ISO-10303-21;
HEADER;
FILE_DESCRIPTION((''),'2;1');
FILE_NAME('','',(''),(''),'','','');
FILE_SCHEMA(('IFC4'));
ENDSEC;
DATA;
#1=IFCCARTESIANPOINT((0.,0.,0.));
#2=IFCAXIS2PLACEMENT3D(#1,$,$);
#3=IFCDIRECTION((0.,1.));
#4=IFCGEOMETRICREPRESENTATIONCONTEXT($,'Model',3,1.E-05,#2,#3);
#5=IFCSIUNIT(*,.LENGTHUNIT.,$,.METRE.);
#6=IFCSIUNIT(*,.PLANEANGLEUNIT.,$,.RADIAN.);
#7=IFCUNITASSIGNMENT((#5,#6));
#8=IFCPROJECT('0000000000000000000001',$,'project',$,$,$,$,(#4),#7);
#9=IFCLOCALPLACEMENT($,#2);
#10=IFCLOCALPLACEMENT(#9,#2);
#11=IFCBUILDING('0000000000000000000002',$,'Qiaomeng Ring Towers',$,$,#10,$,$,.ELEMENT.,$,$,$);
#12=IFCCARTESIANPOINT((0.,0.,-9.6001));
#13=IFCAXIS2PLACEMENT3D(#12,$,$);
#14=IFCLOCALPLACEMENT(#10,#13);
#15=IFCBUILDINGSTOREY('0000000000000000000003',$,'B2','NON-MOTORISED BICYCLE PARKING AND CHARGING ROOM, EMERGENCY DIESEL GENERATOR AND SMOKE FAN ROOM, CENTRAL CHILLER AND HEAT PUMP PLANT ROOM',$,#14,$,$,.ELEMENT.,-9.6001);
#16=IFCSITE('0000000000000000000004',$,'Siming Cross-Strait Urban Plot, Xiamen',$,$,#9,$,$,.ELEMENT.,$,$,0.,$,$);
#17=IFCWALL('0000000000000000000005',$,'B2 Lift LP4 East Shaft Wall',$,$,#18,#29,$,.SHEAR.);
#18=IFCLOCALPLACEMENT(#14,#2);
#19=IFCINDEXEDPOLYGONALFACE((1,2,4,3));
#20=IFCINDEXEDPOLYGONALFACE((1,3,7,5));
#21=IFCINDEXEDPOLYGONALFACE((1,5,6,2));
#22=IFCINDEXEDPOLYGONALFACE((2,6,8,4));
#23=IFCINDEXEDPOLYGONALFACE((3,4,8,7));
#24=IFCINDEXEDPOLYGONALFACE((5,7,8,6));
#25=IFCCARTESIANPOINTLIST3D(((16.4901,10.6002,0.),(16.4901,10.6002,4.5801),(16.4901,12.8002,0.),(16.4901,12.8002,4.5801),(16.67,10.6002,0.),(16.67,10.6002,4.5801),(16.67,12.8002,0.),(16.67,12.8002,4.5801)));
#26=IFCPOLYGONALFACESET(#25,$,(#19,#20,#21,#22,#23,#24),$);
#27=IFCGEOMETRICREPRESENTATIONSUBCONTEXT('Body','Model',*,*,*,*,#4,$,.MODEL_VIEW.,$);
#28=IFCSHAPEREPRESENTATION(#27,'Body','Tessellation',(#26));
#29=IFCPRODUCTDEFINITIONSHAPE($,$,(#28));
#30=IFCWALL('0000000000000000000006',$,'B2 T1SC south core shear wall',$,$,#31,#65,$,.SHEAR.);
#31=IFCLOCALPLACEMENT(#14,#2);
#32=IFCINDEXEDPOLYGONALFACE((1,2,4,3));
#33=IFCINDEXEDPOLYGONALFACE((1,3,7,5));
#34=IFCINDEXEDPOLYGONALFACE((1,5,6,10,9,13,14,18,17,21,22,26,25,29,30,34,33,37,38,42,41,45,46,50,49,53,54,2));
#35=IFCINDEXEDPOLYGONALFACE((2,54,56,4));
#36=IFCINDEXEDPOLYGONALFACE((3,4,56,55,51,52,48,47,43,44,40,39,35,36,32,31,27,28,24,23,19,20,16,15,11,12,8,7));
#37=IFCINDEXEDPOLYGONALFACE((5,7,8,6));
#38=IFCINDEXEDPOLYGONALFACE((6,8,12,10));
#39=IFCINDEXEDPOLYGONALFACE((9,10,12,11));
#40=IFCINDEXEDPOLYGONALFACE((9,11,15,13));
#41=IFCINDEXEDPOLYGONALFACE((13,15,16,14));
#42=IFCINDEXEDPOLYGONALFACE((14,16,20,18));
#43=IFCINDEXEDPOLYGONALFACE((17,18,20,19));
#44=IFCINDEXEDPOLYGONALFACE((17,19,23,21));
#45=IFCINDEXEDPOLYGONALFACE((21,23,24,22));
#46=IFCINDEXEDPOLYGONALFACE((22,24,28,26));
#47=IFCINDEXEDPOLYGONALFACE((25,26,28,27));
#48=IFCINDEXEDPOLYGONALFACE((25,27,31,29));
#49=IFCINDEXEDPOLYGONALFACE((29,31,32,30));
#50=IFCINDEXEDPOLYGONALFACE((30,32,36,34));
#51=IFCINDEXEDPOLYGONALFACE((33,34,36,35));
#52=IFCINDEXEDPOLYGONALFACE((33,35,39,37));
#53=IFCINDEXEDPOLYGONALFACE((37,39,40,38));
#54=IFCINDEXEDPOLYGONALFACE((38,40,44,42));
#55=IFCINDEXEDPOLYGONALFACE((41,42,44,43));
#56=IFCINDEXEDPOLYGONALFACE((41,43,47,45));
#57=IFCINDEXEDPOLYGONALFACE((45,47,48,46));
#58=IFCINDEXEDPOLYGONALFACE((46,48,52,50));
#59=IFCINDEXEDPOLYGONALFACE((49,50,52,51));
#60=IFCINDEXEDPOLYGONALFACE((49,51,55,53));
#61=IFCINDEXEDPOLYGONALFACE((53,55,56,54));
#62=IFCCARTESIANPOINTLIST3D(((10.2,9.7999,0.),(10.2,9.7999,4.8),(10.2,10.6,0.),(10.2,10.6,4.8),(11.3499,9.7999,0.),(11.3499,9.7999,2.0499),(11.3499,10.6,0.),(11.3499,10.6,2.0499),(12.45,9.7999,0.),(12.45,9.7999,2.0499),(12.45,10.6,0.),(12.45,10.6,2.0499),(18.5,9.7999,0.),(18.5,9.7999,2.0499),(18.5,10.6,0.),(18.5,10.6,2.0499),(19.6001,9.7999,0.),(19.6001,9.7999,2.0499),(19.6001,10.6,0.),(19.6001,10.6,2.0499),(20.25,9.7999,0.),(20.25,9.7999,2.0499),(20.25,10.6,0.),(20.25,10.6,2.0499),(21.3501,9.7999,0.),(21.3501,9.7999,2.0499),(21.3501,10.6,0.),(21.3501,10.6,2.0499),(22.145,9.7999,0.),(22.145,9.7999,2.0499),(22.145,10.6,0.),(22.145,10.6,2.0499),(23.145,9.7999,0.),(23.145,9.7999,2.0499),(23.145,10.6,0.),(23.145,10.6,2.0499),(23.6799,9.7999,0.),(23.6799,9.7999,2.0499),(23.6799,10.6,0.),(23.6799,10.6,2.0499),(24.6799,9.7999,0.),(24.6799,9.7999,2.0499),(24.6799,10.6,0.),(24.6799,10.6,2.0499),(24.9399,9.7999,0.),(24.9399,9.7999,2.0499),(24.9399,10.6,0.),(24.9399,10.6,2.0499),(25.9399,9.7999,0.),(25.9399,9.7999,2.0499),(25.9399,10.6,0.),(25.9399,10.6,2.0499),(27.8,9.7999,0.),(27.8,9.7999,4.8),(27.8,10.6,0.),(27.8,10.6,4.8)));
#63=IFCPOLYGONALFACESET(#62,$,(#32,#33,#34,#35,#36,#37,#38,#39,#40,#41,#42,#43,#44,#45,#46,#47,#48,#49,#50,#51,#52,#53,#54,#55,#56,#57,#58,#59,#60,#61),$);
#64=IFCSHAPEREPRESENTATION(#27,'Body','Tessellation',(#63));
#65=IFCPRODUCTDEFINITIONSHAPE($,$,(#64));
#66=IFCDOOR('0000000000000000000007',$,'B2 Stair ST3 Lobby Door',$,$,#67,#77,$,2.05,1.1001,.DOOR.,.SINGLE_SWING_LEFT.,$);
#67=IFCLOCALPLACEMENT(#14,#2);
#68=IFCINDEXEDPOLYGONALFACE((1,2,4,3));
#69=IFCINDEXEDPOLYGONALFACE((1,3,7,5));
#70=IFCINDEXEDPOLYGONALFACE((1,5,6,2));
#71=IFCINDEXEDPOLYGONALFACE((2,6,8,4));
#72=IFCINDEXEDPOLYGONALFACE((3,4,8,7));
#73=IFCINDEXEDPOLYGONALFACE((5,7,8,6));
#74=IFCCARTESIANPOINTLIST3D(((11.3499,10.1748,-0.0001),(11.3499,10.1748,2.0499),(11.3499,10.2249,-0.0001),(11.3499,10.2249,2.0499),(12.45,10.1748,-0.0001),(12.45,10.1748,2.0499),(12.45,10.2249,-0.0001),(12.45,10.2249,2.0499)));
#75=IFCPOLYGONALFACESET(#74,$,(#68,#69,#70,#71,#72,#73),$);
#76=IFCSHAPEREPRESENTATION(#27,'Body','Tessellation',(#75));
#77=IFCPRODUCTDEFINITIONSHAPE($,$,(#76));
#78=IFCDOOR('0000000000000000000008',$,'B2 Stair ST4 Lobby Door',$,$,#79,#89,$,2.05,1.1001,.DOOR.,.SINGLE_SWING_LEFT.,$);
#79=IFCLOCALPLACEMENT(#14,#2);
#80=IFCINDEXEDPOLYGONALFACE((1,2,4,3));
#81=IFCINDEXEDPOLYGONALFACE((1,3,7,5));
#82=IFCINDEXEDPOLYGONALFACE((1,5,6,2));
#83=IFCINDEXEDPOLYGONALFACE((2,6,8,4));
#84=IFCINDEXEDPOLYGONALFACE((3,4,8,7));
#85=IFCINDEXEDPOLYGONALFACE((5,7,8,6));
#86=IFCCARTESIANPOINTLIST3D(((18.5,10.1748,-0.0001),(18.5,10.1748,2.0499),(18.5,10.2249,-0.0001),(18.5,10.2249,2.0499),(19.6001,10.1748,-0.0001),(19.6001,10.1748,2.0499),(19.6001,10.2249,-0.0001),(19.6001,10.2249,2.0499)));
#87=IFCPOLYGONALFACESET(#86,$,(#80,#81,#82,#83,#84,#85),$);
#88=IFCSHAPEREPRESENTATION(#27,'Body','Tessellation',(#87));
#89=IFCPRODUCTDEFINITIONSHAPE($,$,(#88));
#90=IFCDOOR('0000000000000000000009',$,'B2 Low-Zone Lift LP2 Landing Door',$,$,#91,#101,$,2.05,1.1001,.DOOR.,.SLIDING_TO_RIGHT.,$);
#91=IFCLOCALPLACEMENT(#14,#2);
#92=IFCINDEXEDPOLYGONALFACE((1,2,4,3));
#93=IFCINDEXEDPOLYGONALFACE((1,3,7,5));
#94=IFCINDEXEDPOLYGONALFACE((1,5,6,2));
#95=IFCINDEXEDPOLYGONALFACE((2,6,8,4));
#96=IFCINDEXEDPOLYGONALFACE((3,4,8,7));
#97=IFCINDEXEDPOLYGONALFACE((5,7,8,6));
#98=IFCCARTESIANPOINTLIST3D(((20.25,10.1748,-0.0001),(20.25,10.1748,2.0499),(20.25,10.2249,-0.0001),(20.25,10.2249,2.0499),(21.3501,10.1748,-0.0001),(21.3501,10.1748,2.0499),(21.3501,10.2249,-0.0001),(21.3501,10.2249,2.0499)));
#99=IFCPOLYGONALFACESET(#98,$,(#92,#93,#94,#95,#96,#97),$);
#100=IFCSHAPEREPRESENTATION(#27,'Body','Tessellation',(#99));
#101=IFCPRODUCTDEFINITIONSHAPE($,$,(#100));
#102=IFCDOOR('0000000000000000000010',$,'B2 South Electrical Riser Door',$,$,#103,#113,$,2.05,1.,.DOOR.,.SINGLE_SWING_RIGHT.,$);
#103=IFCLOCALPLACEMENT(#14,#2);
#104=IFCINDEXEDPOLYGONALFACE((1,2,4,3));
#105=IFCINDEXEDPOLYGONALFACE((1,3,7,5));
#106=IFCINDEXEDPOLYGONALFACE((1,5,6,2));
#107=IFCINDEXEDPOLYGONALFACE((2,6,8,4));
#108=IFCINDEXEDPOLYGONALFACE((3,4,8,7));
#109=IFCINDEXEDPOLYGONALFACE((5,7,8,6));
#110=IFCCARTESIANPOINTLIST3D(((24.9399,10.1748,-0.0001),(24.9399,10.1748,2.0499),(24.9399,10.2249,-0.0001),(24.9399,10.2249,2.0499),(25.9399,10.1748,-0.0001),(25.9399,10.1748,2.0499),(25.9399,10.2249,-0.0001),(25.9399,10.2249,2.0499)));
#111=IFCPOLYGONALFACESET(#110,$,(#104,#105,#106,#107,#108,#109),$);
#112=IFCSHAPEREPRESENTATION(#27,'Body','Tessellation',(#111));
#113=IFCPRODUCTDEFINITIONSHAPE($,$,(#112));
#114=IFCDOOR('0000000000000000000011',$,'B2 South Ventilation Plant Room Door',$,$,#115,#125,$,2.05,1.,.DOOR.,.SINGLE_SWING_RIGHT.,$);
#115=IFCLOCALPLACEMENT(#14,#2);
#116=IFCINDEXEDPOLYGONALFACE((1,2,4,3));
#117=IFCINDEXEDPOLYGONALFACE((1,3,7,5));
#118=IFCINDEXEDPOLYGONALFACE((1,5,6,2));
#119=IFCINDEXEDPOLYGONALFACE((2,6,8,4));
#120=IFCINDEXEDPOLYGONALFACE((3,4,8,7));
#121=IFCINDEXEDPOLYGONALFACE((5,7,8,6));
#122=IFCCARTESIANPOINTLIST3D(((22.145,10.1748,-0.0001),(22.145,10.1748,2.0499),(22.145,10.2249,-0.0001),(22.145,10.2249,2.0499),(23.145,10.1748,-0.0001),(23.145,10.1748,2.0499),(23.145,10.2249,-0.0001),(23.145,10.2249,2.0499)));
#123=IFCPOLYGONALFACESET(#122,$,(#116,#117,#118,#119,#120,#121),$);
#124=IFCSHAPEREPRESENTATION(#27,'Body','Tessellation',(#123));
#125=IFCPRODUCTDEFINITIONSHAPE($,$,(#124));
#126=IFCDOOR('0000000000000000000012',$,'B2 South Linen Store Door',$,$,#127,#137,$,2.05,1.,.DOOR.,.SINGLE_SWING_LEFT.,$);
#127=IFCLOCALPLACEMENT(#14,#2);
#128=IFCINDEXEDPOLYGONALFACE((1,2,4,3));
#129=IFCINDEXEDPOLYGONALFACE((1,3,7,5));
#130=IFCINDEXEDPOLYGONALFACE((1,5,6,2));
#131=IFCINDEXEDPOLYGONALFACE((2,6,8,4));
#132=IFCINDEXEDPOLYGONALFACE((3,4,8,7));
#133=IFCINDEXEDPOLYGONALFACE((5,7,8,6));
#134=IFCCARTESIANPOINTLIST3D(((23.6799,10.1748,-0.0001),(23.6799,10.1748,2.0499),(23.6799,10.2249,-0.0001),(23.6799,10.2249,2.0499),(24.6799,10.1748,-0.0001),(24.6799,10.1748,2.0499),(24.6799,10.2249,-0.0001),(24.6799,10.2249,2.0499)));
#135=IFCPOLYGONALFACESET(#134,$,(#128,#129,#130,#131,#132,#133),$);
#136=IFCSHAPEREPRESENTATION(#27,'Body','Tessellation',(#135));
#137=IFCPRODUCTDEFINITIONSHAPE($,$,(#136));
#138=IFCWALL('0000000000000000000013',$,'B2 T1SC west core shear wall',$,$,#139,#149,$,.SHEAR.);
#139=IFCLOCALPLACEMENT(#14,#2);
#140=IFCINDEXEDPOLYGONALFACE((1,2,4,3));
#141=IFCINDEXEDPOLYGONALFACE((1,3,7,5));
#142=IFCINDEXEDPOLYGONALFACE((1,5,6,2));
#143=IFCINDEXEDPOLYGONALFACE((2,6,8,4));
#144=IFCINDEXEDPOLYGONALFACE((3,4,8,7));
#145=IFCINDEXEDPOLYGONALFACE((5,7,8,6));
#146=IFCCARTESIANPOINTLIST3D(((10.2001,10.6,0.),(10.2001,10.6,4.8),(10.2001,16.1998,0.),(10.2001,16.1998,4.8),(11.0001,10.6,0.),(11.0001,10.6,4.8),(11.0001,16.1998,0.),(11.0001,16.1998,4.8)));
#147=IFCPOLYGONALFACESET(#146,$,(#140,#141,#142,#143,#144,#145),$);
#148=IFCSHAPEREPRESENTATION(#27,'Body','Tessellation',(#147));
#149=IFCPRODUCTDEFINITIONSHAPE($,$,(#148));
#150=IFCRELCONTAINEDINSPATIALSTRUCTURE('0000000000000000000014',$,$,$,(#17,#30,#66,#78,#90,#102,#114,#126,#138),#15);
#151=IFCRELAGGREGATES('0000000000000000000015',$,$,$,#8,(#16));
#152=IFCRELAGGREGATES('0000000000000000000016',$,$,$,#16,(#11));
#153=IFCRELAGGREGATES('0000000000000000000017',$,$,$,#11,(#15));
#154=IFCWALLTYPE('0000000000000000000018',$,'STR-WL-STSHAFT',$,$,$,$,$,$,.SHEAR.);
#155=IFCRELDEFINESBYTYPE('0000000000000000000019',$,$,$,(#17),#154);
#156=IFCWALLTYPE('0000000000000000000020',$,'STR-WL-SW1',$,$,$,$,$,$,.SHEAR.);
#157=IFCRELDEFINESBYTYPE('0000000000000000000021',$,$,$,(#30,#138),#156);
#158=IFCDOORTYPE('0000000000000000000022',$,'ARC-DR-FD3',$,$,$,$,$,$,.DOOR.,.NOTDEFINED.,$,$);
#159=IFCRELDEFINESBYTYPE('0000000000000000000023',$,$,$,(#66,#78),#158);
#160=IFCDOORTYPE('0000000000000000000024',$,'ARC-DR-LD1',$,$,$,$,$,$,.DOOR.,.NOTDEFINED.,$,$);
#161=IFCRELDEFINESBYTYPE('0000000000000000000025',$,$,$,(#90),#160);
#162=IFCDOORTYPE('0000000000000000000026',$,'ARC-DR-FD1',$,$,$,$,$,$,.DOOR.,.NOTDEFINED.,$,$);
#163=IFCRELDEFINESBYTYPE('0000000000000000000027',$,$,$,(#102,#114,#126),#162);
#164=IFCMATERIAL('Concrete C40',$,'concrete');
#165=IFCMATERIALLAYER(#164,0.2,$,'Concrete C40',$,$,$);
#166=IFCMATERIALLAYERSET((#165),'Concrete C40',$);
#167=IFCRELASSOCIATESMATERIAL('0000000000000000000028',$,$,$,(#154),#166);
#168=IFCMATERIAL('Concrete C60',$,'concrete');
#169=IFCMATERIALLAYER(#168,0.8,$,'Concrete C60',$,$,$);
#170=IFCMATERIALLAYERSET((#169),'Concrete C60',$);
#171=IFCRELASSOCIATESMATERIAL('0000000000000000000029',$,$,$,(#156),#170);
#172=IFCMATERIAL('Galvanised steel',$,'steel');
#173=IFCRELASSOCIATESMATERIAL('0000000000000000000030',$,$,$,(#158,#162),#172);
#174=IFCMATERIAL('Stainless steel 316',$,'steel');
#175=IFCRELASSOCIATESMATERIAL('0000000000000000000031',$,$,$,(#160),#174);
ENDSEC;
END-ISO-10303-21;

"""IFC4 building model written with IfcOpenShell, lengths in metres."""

from ifc_helpers import new_model, si_unit, direction, frame, frame_2d, origin, place, context, subcontext, project, spatial, rectangle, extrude, source, transform, mapped, material, layer, layer_set, type_object, element, fill, save


model = new_model("IFC4")

# Units and contexts
model_context = context("Model", 3, precision=1e-05, world=origin(), true_north=direction((0.0, 1.0)))
body_context = subcontext(model_context, "Body", "Model", "MODEL_VIEW")
ifc_project = project(units=[si_unit("LENGTHUNIT", "METRE"), si_unit("PLANEANGLEUNIT", "RADIAN")], contexts=[model_context])

# Site, building, storey
site_placement = place(None, origin())
site = spatial("IfcSite", under=ifc_project, at=site_placement, Name="Siming Cross-Strait Urban Plot, Xiamen", CompositionType="ELEMENT", RefElevation=0.0)
building_placement = place(site_placement, origin())
building = spatial("IfcBuilding", under=site, at=building_placement, Name="Qiaomeng Ring Towers", CompositionType="ELEMENT")
storey_placement = place(building_placement, frame((0.0, 0.0, -9.6001)))
storey = spatial("IfcBuildingStorey", under=building, at=storey_placement, Name="B2", Description="NON-MOTORISED BICYCLE PARKING AND CHARGING ROOM, EMERGENCY DIESEL GENERATOR AND SMOKE FAN ROOM, CENTRAL CHILLER AND HEAT PUMP PLANT ROOM", CompositionType="ELEMENT", Elevation=-9.6001)

# Shared definitions
ifc_material_1 = material(Name="Concrete C40", Category="concrete")

# Shared definitions
ifc_material_2 = material(Name="Concrete C60", Category="concrete")

# Shared definitions
ifc_material_3 = material(Name="Galvanised steel", Category="steel")

# Wall
ifc_layer_1 = layer(ifc_material_1, 0.2, Name="Concrete C40")
ifc_layer_set_1 = layer_set([ifc_layer_1], Name="Concrete C40")
wall_type_1 = type_object("IfcWallType", Name="STR-WL-STSHAFT", PredefinedType="SHEAR", material=ifc_layer_set_1)
wall_1_placement = place(storey_placement, frame((16.5801, 10.6001, 0.0), z_axis=(0.0, 0.0, 1.0), x_axis=(0.0, 1.0, 0.0)))
element("IfcWall", 1, at=wall_1_placement, inside=storey, type_object=wall_type_1, Name="B2 Lift LP4 East Shaft Wall", PredefinedType="SHEAR", context=body_context, shape_type="SweptSolid", body=[
    extrude(rectangle(XDim=2.2, YDim=0.1799, at=frame_2d((1.1001, 0.0))), origin(), (0.0, 0.0, 1.0), 4.5801),
])

# Wall, openings, doors
ifc_layer_2 = layer(ifc_material_2, 0.8, Name="Concrete C60")
ifc_layer_set_2 = layer_set([ifc_layer_2], Name="Concrete C60")
wall_type_2 = type_object("IfcWallType", Name="STR-WL-SW1", PredefinedType="SHEAR", material=ifc_layer_set_2)
wall_2_placement = place(storey_placement, frame((10.2, 10.2, 0.0), z_axis=(0.0, 0.0, 1.0), x_axis=(1.0, 0.0, 0.0)))
wall_2 = element("IfcWall", 2, at=wall_2_placement, inside=storey, type_object=wall_type_2, Name="B2 T1SC south core shear wall", PredefinedType="SHEAR", context=body_context, shape_type="SweptSolid", body=[
    extrude(rectangle(XDim=17.6001, YDim=0.8, at=frame_2d((8.8, 0.0))), origin(), (0.0, 0.0, 1.0), 4.8),
])
opening_1_placement = place(wall_2_placement, frame((1.1499, 0.0, 0.0)))
opening_1 = element("IfcOpeningElement", 3, at=opening_1_placement, cuts=wall_2, PredefinedType="OPENING", context=body_context, shape_type="SweptSolid", body=[
    extrude(rectangle(XDim=1.1001, YDim=2.05, at=frame_2d((0.55, 1.0249))), frame((0.0, 0.4099, 0.0), z_axis=(0.0, -1.0, 0.0), x_axis=(1.0, 0.0, 0.0)), (0.0, 0.0, 1.0), 0.8201),
])
opening_2_placement = place(wall_2_placement, frame((8.3, 0.0, 0.0)))
opening_2 = element("IfcOpeningElement", 4, at=opening_2_placement, cuts=wall_2, PredefinedType="OPENING", context=body_context, shape_type="SweptSolid", body=[
    extrude(rectangle(XDim=1.1001, YDim=2.05, at=frame_2d((0.55, 1.0249))), frame((0.0, 0.4099, 0.0), z_axis=(0.0, -1.0, 0.0), x_axis=(1.0, 0.0, 0.0)), (0.0, 0.0, 1.0), 0.8201),
])
opening_3_placement = place(wall_2_placement, frame((10.05, 0.0, 0.0)))
opening_3 = element("IfcOpeningElement", 5, at=opening_3_placement, cuts=wall_2, PredefinedType="OPENING", context=body_context, shape_type="SweptSolid", body=[
    extrude(rectangle(XDim=1.1001, YDim=2.05, at=frame_2d((0.55, 1.0249))), frame((0.0, 0.4099, 0.0), z_axis=(0.0, -1.0, 0.0), x_axis=(1.0, 0.0, 0.0)), (0.0, 0.0, 1.0), 0.8201),
])
opening_4_placement = place(wall_2_placement, frame((14.74, 0.0, 0.0)))
opening_4 = element("IfcOpeningElement", 6, at=opening_4_placement, cuts=wall_2, PredefinedType="OPENING", context=body_context, shape_type="SweptSolid", body=[
    extrude(rectangle(XDim=1.0, YDim=2.05, at=frame_2d((0.5, 1.0249))), frame((0.0, 0.4099, 0.0), z_axis=(0.0, -1.0, 0.0), x_axis=(1.0, 0.0, 0.0)), (0.0, 0.0, 1.0), 0.8201),
])
opening_5_placement = place(wall_2_placement, frame((11.9451, 0.0, 0.0)))
opening_5 = element("IfcOpeningElement", 7, at=opening_5_placement, cuts=wall_2, PredefinedType="OPENING", context=body_context, shape_type="SweptSolid", body=[
    extrude(rectangle(XDim=1.0, YDim=2.05, at=frame_2d((0.5, 1.0249))), frame((0.0, 0.4099, 0.0), z_axis=(0.0, -1.0, 0.0), x_axis=(1.0, 0.0, 0.0)), (0.0, 0.0, 1.0), 0.8201),
])
opening_6_placement = place(wall_2_placement, frame((13.48, 0.0, 0.0)))
opening_6 = element("IfcOpeningElement", 8, at=opening_6_placement, cuts=wall_2, PredefinedType="OPENING", context=body_context, shape_type="SweptSolid", body=[
    extrude(rectangle(XDim=1.0, YDim=2.05, at=frame_2d((0.5, 1.0249))), frame((0.0, 0.4099, 0.0), z_axis=(0.0, -1.0, 0.0), x_axis=(1.0, 0.0, 0.0)), (0.0, 0.0, 1.0), 0.8201),
])
door_type_1 = type_object("IfcDoorType", Name="ARC-DR-FD3", OperationType="NOTDEFINED", PredefinedType="DOOR", material=ifc_material_3)
shared_shape_1 = source(origin(), body_context, "Body", "SweptSolid", [
    extrude(rectangle(XDim=1.1001, YDim=2.05, at=frame_2d((0.55, 1.0249))), frame((0.0, 0.0249, 0.0), z_axis=(0.0, -1.0, 0.0), x_axis=(1.0, 0.0, 0.0)), (0.0, 0.0, 1.0), 0.05),
])
door_1_placement = place(opening_1_placement, origin())
door_1 = element("IfcDoor", 9, at=door_1_placement, inside=storey, type_object=door_type_1, Name="B2 Stair ST3 Lobby Door", OperationType="SINGLE_SWING_LEFT", OverallHeight=2.05, OverallWidth=1.1001, PredefinedType="DOOR", context=body_context, shape_type="MappedRepresentation", body=[
    mapped(shared_shape_1, transform((0.0, 0.0, 0.0), x_axis=(1.0, 0.0, 0.0), y_axis=(0.0, 1.0, 0.0), z_axis=(0.0, 0.0, 1.0), scale=1.0)),
])
fill(opening_1, door_1)
door_2_placement = place(opening_2_placement, origin())
door_2 = element("IfcDoor", 10, at=door_2_placement, inside=storey, type_object=door_type_1, Name="B2 Stair ST4 Lobby Door", OperationType="SINGLE_SWING_LEFT", OverallHeight=2.05, OverallWidth=1.1001, PredefinedType="DOOR", context=body_context, shape_type="MappedRepresentation", body=[
    mapped(shared_shape_1, transform((0.0, 0.0, 0.0), x_axis=(1.0, 0.0, 0.0), y_axis=(0.0, 1.0, 0.0), z_axis=(0.0, 0.0, 1.0), scale=1.0)),
])
fill(opening_2, door_2)
ifc_material_4 = material(Name="Stainless steel 316", Category="steel")
door_type_2 = type_object("IfcDoorType", Name="ARC-DR-LD1", OperationType="NOTDEFINED", PredefinedType="DOOR", material=ifc_material_4)
door_3_placement = place(opening_3_placement, origin())
door_3 = element("IfcDoor", 11, at=door_3_placement, inside=storey, type_object=door_type_2, Name="B2 Low-Zone Lift LP2 Landing Door", OperationType="SLIDING_TO_RIGHT", OverallHeight=2.05, OverallWidth=1.1001, PredefinedType="DOOR", context=body_context, shape_type="MappedRepresentation", body=[
    mapped(shared_shape_1, transform((0.0, 0.0, 0.0), x_axis=(1.0, 0.0, 0.0), y_axis=(0.0, 1.0, 0.0), z_axis=(0.0, 0.0, 1.0), scale=1.0)),
])
fill(opening_3, door_3)
door_type_3 = type_object("IfcDoorType", Name="ARC-DR-FD1", OperationType="NOTDEFINED", PredefinedType="DOOR", material=ifc_material_3)
shared_shape_2 = source(origin(), body_context, "Body", "SweptSolid", [
    extrude(rectangle(XDim=1.0, YDim=2.05, at=frame_2d((0.5, 1.0249))), frame((0.0, 0.0249, 0.0), z_axis=(0.0, -1.0, 0.0), x_axis=(1.0, 0.0, 0.0)), (0.0, 0.0, 1.0), 0.05),
])
door_4_placement = place(opening_4_placement, origin())
door_4 = element("IfcDoor", 12, at=door_4_placement, inside=storey, type_object=door_type_3, Name="B2 South Electrical Riser Door", OperationType="SINGLE_SWING_RIGHT", OverallHeight=2.05, OverallWidth=1.0, PredefinedType="DOOR", context=body_context, shape_type="MappedRepresentation", body=[
    mapped(shared_shape_2, transform((0.0, 0.0, 0.0), x_axis=(1.0, 0.0, 0.0), y_axis=(0.0, 1.0, 0.0), z_axis=(0.0, 0.0, 1.0), scale=1.0)),
])
fill(opening_4, door_4)
door_5_placement = place(opening_5_placement, origin())
door_5 = element("IfcDoor", 13, at=door_5_placement, inside=storey, type_object=door_type_3, Name="B2 South Ventilation Plant Room Door", OperationType="SINGLE_SWING_RIGHT", OverallHeight=2.05, OverallWidth=1.0, PredefinedType="DOOR", context=body_context, shape_type="MappedRepresentation", body=[
    mapped(shared_shape_2, transform((0.0, 0.0, 0.0), x_axis=(1.0, 0.0, 0.0), y_axis=(0.0, 1.0, 0.0), z_axis=(0.0, 0.0, 1.0), scale=1.0)),
])
fill(opening_5, door_5)
door_6_placement = place(opening_6_placement, origin())
door_6 = element("IfcDoor", 14, at=door_6_placement, inside=storey, type_object=door_type_3, Name="B2 South Linen Store Door", OperationType="SINGLE_SWING_LEFT", OverallHeight=2.05, OverallWidth=1.0, PredefinedType="DOOR", context=body_context, shape_type="MappedRepresentation", body=[
    mapped(shared_shape_2, transform((0.0, 0.0, 0.0), x_axis=(1.0, 0.0, 0.0), y_axis=(0.0, 1.0, 0.0), z_axis=(0.0, 0.0, 1.0), scale=1.0)),
])
fill(opening_6, door_6)

# Wall
wall_3_placement = place(storey_placement, frame((10.6001, 10.6001, 0.0), z_axis=(0.0, 0.0, 1.0), x_axis=(0.0, 1.0, 0.0)))
element("IfcWall", 15, at=wall_3_placement, inside=storey, type_object=wall_type_2, Name="B2 T1SC west core shear wall", PredefinedType="SHEAR", context=body_context, shape_type="SweptSolid", body=[
    extrude(rectangle(XDim=5.5999, YDim=0.8, at=frame_2d((2.7998, 0.0))), origin(), (0.0, 0.0, 1.0), 4.8),
])

save(model, "model.ifc")
